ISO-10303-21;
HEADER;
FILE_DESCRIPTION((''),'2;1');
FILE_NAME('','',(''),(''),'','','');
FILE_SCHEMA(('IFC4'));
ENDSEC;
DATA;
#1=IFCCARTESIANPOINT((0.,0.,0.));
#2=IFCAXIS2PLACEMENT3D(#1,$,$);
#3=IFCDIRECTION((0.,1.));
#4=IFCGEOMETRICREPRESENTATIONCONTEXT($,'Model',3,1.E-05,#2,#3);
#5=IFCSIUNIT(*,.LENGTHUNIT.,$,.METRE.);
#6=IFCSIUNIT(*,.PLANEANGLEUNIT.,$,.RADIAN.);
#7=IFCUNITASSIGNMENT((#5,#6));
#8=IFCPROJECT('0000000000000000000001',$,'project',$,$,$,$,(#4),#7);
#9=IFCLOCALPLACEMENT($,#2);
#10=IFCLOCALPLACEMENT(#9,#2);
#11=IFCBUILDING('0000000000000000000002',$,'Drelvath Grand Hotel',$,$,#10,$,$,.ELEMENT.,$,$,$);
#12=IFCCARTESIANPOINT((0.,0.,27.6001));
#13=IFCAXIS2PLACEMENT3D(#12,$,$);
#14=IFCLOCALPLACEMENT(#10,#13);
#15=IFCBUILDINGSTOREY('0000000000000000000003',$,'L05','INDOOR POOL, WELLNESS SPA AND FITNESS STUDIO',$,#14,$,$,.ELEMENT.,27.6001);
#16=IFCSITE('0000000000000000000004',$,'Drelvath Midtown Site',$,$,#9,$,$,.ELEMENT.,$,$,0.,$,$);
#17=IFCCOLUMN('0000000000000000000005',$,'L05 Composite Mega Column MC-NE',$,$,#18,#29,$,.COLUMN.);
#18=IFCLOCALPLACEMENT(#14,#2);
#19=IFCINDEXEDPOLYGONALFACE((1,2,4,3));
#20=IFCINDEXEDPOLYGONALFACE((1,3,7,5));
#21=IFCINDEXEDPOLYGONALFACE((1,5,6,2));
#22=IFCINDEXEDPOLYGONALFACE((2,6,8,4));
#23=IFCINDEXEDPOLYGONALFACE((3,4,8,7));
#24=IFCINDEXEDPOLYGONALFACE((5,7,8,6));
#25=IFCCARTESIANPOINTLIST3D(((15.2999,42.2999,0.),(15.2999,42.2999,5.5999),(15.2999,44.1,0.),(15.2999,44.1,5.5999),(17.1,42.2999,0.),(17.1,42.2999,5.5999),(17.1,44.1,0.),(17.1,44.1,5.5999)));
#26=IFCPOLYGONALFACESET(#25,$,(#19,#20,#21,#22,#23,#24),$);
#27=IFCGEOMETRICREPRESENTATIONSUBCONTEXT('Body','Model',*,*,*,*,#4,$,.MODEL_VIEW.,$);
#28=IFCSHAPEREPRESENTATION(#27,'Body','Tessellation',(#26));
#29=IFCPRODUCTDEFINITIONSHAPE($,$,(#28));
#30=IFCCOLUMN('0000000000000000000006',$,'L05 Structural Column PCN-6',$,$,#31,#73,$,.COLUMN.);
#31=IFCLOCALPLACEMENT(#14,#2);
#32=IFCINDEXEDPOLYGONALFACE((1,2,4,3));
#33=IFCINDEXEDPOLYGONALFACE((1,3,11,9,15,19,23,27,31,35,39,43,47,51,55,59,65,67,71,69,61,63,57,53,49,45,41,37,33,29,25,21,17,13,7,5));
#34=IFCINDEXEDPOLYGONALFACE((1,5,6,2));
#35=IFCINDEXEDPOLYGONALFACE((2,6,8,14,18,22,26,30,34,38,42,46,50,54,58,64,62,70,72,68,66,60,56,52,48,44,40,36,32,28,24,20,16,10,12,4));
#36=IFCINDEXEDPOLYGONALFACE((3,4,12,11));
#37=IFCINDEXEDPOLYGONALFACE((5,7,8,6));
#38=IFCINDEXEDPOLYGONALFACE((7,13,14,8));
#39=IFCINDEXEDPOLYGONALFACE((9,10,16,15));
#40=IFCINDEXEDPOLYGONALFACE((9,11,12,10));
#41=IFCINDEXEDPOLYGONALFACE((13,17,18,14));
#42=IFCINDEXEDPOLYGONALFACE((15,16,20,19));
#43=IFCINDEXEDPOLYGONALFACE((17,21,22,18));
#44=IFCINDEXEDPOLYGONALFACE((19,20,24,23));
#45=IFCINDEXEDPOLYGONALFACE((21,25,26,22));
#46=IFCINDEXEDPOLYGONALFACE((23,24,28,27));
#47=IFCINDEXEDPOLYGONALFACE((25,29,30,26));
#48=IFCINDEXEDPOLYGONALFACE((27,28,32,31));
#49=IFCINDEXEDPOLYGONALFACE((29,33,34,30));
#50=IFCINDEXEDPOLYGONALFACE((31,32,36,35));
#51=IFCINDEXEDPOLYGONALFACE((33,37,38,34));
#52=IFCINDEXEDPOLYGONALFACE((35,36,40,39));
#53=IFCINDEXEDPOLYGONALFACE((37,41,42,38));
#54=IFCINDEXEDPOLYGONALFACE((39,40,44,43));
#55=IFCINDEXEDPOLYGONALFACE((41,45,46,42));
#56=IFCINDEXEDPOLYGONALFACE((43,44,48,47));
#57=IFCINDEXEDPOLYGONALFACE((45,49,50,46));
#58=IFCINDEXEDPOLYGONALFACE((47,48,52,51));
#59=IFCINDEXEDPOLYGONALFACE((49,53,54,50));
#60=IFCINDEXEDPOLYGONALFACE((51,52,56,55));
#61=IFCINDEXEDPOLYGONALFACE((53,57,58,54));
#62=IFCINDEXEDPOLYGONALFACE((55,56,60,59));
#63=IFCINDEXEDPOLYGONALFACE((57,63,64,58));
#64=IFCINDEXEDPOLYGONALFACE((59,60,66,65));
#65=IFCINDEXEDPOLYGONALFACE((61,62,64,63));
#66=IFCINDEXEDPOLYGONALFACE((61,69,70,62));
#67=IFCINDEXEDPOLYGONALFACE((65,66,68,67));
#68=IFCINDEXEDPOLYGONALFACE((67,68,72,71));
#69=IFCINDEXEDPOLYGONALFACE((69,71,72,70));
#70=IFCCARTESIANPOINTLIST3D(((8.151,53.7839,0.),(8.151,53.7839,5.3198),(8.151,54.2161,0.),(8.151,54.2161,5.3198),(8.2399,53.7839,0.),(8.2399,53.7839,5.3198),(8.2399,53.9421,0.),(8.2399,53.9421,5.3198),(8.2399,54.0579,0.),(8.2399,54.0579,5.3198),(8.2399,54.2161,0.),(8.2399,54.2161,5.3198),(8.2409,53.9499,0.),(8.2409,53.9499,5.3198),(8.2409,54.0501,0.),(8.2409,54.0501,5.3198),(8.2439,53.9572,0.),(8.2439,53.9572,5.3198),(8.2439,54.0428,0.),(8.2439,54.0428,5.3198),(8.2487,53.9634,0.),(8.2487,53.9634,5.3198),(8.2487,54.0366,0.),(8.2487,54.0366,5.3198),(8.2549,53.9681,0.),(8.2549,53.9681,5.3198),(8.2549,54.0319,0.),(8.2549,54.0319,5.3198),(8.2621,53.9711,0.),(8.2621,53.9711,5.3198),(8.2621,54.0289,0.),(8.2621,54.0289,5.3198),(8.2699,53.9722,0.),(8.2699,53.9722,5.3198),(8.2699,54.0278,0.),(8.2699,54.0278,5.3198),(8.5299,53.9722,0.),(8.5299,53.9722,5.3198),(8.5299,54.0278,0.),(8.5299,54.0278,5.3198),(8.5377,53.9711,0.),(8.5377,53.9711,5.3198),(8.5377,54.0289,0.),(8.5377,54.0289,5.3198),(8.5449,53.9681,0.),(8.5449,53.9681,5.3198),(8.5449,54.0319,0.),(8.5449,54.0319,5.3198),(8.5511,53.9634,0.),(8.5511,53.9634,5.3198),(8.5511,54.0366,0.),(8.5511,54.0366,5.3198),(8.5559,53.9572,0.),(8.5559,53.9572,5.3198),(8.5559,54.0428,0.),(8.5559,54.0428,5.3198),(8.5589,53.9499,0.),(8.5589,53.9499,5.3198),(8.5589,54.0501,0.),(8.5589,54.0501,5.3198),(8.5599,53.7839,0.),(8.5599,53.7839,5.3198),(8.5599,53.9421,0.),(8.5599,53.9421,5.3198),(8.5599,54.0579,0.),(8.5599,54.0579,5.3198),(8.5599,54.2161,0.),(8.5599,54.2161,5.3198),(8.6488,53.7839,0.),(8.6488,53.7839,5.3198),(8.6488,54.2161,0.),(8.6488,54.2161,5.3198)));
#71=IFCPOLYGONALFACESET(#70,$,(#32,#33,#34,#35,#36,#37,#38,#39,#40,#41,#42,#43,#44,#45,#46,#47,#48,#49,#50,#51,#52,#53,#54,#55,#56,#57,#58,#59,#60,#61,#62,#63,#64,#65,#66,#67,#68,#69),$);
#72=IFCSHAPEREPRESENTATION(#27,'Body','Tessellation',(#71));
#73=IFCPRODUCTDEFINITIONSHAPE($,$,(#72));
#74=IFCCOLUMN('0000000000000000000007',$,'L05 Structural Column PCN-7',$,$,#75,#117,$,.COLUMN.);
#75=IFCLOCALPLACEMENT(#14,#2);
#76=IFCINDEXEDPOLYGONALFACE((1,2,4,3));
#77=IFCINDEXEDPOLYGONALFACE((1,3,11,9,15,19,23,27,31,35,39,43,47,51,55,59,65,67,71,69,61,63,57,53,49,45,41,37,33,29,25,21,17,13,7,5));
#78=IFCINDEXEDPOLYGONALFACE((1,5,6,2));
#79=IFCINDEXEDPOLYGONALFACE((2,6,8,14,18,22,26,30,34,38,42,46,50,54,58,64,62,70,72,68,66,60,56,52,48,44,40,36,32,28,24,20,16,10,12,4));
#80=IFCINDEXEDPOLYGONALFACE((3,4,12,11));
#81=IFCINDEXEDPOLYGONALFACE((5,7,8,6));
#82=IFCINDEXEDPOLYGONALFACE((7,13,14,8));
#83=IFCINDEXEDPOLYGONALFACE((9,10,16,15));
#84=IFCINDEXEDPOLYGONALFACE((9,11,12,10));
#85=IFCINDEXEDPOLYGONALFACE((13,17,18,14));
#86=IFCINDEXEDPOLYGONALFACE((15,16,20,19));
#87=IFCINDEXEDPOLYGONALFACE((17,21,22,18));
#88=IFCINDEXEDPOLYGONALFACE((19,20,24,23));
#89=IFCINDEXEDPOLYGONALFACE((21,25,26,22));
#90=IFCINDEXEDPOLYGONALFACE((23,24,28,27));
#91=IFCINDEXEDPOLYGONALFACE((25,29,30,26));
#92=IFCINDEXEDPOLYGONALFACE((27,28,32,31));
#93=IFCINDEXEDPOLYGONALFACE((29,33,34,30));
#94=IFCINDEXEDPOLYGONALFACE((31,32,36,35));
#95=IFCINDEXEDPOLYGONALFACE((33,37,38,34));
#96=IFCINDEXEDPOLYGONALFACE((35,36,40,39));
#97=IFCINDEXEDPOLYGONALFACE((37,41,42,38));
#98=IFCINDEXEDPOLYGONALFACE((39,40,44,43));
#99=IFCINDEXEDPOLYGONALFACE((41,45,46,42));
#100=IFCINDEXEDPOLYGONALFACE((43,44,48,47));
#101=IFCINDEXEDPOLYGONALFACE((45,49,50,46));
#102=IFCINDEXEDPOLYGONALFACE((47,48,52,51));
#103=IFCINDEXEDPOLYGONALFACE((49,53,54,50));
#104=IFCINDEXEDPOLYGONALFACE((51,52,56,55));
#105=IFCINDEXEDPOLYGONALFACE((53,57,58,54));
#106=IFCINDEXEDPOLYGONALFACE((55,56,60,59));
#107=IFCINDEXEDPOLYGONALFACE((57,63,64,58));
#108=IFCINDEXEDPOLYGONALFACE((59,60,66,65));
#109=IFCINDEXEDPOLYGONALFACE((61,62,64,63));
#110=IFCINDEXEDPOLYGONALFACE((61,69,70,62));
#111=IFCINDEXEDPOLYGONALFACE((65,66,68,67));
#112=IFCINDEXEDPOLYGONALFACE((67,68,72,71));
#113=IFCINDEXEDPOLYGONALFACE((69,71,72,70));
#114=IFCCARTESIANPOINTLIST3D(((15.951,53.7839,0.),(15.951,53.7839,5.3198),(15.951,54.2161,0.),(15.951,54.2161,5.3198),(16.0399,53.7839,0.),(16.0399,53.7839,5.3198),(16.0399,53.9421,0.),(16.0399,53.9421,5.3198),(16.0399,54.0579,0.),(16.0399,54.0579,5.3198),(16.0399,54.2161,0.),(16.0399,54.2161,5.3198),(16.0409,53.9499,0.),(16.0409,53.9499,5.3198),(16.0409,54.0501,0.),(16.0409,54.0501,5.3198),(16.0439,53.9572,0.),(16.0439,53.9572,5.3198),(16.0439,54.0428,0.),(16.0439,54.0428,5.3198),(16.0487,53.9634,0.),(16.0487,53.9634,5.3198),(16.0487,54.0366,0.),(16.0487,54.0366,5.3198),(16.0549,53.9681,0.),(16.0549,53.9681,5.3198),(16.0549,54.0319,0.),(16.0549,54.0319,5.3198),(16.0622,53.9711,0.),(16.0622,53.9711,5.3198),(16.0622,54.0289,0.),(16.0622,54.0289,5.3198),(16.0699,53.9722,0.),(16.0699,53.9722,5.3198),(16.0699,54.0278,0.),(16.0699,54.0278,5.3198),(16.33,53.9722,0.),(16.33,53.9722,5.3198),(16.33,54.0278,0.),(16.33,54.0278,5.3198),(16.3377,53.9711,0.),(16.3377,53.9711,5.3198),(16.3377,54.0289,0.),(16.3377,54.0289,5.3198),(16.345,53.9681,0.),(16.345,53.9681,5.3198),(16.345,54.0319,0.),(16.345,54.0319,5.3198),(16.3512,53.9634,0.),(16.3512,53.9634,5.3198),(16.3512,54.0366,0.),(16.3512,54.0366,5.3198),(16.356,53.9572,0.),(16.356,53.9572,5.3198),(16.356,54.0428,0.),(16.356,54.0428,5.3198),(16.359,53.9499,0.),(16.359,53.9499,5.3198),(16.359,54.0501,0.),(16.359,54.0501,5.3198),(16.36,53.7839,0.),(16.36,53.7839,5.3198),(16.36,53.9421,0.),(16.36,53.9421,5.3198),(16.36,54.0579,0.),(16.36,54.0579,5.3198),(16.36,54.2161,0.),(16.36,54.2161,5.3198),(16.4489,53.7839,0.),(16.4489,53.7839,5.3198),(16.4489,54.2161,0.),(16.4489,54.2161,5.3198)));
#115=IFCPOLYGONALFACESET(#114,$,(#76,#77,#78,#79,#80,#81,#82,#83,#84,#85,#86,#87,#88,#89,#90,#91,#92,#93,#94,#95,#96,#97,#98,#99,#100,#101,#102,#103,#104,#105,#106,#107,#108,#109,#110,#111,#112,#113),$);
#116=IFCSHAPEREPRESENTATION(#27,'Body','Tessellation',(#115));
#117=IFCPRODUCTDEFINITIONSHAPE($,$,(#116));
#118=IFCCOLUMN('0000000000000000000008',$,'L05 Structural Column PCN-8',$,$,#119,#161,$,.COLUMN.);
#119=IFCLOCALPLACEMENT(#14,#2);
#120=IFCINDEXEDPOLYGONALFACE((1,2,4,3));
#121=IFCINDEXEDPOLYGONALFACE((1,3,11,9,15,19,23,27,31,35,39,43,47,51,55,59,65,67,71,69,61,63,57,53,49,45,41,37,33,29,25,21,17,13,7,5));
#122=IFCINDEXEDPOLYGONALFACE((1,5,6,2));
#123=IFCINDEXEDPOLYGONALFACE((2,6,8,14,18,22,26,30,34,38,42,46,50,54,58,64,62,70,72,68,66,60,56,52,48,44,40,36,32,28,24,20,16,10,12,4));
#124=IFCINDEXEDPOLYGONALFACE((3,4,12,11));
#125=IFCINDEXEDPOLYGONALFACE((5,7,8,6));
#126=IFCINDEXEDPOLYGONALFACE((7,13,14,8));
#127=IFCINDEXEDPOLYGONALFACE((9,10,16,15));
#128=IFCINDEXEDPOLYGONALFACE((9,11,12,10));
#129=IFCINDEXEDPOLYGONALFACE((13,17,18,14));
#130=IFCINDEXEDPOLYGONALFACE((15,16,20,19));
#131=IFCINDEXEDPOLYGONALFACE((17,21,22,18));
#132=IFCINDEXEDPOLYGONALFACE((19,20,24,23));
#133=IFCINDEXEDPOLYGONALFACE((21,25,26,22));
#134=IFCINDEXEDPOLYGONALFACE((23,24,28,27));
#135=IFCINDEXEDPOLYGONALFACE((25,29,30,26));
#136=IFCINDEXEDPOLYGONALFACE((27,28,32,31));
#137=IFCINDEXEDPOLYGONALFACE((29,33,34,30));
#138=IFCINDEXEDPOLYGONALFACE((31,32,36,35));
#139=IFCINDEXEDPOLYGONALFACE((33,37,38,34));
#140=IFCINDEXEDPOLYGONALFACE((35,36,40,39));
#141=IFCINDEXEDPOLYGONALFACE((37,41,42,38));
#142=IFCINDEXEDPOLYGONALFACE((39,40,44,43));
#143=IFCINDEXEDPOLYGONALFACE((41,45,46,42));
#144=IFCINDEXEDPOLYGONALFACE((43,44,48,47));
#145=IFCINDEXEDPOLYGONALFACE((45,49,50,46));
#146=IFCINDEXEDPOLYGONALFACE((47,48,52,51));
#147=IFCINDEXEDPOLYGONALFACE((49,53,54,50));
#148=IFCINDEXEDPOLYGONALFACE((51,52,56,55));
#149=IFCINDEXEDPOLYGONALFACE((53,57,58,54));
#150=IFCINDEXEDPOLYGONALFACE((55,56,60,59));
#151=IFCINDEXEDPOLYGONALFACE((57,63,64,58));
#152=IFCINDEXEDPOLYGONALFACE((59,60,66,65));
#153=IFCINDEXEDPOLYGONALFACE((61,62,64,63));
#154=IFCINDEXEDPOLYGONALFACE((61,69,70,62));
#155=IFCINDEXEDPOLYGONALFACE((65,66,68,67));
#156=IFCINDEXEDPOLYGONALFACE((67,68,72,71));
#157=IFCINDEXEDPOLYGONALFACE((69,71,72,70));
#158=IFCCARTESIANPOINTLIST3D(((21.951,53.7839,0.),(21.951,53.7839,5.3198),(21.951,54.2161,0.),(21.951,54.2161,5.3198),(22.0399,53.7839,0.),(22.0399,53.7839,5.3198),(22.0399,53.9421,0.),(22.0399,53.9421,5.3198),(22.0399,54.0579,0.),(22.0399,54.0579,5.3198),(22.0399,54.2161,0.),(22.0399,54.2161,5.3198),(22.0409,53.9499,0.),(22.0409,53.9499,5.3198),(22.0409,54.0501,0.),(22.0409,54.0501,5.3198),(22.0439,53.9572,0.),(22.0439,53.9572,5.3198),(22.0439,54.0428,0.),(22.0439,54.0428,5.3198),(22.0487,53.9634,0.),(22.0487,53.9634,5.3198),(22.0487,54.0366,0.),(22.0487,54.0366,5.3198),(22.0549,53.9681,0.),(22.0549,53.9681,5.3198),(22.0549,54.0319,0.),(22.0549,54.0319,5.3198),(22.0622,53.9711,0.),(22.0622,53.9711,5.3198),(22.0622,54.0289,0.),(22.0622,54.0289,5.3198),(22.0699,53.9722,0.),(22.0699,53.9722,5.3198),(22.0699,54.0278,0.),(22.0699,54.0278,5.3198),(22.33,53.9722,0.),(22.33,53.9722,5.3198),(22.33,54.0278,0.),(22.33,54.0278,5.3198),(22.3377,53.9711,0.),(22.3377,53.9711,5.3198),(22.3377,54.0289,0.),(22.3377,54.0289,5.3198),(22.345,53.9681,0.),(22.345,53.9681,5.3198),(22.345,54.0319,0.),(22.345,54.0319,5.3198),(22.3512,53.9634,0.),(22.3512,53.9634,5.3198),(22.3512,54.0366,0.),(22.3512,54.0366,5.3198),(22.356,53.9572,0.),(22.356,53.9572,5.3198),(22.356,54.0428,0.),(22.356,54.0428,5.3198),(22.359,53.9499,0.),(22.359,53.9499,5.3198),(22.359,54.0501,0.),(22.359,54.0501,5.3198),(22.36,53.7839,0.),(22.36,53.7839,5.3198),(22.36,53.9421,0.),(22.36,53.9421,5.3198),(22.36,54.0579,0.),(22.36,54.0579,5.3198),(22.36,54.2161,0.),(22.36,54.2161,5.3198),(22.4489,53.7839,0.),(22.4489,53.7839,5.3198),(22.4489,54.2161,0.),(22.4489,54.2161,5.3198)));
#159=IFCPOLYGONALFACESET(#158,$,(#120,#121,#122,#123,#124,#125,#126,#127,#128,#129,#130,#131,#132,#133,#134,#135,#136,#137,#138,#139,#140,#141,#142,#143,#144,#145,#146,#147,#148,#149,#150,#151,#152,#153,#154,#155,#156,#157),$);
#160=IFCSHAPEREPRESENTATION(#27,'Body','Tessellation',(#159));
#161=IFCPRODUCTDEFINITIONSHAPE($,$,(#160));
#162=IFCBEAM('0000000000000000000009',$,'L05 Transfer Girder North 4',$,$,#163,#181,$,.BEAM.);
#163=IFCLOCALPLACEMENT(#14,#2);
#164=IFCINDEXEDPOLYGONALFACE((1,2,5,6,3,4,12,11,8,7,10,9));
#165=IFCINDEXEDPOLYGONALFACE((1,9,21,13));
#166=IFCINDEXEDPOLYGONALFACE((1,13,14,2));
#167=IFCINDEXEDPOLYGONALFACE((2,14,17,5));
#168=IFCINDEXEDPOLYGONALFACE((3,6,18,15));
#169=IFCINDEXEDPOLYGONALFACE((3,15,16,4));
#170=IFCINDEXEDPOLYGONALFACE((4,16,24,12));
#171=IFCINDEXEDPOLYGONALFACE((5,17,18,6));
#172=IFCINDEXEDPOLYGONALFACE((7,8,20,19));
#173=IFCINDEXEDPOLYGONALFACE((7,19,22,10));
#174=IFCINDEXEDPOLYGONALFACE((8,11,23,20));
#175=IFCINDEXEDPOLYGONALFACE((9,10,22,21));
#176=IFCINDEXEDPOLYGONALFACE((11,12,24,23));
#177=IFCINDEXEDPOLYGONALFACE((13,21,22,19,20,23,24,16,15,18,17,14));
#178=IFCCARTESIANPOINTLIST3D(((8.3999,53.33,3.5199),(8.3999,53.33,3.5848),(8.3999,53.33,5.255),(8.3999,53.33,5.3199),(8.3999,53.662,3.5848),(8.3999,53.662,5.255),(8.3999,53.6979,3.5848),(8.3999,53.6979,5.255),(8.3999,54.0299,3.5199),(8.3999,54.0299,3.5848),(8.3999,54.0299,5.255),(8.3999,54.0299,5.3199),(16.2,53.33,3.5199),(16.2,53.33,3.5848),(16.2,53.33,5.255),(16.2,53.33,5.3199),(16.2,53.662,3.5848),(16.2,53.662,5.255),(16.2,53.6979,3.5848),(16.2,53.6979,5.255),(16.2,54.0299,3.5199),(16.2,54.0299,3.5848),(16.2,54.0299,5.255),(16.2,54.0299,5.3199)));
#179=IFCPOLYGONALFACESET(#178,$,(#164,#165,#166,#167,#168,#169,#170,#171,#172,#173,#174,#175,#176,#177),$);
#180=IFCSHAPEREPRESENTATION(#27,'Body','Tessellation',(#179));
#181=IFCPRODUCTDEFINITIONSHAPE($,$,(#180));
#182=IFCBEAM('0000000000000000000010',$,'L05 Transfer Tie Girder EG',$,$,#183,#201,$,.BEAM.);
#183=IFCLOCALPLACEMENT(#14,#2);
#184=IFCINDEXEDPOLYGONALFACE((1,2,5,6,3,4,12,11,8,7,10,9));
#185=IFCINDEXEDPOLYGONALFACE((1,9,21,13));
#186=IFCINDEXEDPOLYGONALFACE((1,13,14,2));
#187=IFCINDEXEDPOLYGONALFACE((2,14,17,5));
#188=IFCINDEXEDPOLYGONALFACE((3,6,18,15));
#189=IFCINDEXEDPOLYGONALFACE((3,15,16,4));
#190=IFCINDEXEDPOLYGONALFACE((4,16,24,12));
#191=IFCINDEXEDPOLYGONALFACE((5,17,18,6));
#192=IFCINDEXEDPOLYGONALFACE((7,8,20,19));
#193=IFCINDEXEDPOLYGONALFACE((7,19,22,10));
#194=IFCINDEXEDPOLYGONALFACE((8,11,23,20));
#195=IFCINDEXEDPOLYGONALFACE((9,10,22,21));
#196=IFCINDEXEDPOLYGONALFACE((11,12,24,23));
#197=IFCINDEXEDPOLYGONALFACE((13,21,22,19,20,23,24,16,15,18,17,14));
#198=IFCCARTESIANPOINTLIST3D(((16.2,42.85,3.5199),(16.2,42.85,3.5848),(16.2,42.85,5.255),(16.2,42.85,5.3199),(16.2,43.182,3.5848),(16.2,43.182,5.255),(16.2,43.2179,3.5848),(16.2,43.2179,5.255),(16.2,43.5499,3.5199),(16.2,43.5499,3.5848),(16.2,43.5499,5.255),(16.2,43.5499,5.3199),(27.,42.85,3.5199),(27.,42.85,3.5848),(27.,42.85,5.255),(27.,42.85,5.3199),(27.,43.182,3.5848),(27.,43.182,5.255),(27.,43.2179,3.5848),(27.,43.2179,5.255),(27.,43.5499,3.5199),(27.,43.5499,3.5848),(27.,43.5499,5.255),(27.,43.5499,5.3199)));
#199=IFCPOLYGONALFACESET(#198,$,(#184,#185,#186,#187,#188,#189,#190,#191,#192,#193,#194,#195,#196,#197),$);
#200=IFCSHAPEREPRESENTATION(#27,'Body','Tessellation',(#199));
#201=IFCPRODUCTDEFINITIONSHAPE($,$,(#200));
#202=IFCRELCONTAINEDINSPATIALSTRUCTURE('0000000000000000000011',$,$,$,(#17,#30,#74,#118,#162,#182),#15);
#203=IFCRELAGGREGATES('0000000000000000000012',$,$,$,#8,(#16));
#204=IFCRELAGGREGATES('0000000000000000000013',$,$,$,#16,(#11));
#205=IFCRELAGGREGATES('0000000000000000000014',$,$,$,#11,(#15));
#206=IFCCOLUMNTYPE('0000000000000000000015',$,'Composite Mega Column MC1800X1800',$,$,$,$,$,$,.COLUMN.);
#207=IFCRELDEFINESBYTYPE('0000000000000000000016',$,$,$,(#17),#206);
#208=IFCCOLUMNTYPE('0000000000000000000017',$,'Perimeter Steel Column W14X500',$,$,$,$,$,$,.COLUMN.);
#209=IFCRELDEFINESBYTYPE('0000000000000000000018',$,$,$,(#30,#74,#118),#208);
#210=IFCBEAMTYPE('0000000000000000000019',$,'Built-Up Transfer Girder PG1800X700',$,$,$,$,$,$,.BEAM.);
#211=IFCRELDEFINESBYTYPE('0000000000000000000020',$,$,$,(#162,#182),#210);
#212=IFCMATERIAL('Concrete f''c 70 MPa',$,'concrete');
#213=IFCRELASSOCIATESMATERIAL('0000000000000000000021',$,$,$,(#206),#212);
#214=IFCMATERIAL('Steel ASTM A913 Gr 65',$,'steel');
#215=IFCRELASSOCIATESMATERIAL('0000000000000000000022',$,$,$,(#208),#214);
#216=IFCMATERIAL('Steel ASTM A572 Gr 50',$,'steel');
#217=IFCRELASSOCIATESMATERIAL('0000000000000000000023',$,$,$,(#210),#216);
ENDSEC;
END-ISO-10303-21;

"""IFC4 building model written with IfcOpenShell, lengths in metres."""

from ifc_helpers import new_model, si_unit, direction, frame, origin, origin_2d, place, context, subcontext, project, spatial, rectangle, i_section, extrude, material, material_profile, profile_set, type_object, element, save


model = new_model("IFC4")

# Units and contexts
model_context = context("Model", 3, precision=1e-05, world=origin(), true_north=direction((0.0, 1.0)))
body_context = subcontext(model_context, "Body", "Model", "MODEL_VIEW")
ifc_project = project(units=[si_unit("LENGTHUNIT", "METRE"), si_unit("PLANEANGLEUNIT", "RADIAN")], contexts=[model_context])

# Site, building, storey
site_placement = place(None, origin())
site = spatial("IfcSite", under=ifc_project, at=site_placement, Name="Drelvath Midtown Site", CompositionType="ELEMENT", RefElevation=0.0)
building_placement = place(site_placement, origin())
building = spatial("IfcBuilding", under=site, at=building_placement, Name="Drelvath Grand Hotel", CompositionType="ELEMENT")
storey_placement = place(building_placement, frame((0.0, 0.0, 27.6001)))
storey = spatial("IfcBuildingStorey", under=building, at=storey_placement, Name="L05", Description="INDOOR POOL, WELLNESS SPA AND FITNESS STUDIO", CompositionType="ELEMENT", Elevation=27.6001)

# Columns
ifc_material_1 = material(Name="Concrete f'c 70 MPa", Category="concrete")
ifc_material_profile_1 = material_profile(ifc_material_1, rectangle(XDim=1.8, YDim=1.8, at=origin_2d()), Name="MC1800X1800")
ifc_profile_set_1 = profile_set([ifc_material_profile_1], Name="Concrete f'c 70 MPa")
column_type_1 = type_object("IfcColumnType", Name="Composite Mega Column MC1800X1800", PredefinedType="COLUMN", material=ifc_profile_set_1)
column_placement = place(storey_placement, frame((16.2, 43.2, 0.0), z_axis=(0.0, 0.0, 1.0), x_axis=(1.0, 0.0, 0.0)))
element("IfcColumn", 1, at=column_placement, inside=storey, type_object=column_type_1, Name="L05 Composite Mega Column MC-NE", PredefinedType="COLUMN", context=body_context, shape_type="SweptSolid", body=[
    extrude(rectangle(XDim=1.8, YDim=1.8, at=origin_2d()), origin(), (0.0, 0.0, 1.0), 5.5999),
])
ifc_material_2 = material(Name="Steel ASTM A913 Gr 65", Category="steel")
ifc_material_profile_2 = material_profile(ifc_material_2, i_section(OverallWidth=0.4321, OverallDepth=0.4978, WebThickness=0.0557, FlangeThickness=0.0889, FilletRadius=0.03, at=origin_2d()), Name="W14X500")
ifc_profile_set_2 = profile_set([ifc_material_profile_2], Name="Steel ASTM A913 Gr 65")
column_type_2 = type_object("IfcColumnType", Name="Perimeter Steel Column W14X500", PredefinedType="COLUMN", material=ifc_profile_set_2)
for number, where, z_axis, x_axis, name in (
    (2, (8.3999, 54.0, 0.0), (0.0, 0.0, 1.0), (0.0, 1.0, 0.0), "L05 Structural Column PCN-6"),
    (3, (16.2, 54.0, 0.0), (0.0, 0.0, 1.0), (0.0, 1.0, 0.0), "L05 Structural Column PCN-7"),
    (4, (22.2, 54.0, 0.0), (0.0, 0.0, 1.0), (0.0, 1.0, 0.0), "L05 Structural Column PCN-8"),
):
    element("IfcColumn", number, at=place(storey_placement, frame(where, z_axis=z_axis, x_axis=x_axis)), inside=storey, type_object=column_type_2, Name=name, PredefinedType="COLUMN", context=body_context, shape_type="SweptSolid", body=[
        extrude(i_section(OverallWidth=0.4321, OverallDepth=0.4978, WebThickness=0.0557, FlangeThickness=0.0889, FilletRadius=0.03, at=origin_2d()), origin(), (0.0, 0.0, 1.0), 5.3198),
    ])

# Beams
ifc_material_3 = material(Name="Steel ASTM A572 Gr 50", Category="steel")
ifc_material_profile_3 = material_profile(ifc_material_3, i_section(OverallWidth=0.7, OverallDepth=1.8, WebThickness=0.0359, FlangeThickness=0.0649, at=origin_2d()), Name="PG1800X700")
ifc_profile_set_3 = profile_set([ifc_material_profile_3], Name="Steel ASTM A572 Gr 50")
beam_type_1 = type_object("IfcBeamType", Name="Built-Up Transfer Girder PG1800X700", PredefinedType="BEAM", material=ifc_profile_set_3)
beam_1_placement = place(storey_placement, frame((8.3999, 53.6799, 4.4199), z_axis=(1.0, 0.0, 0.0), x_axis=(0.0, 1.0, 0.0)))
element("IfcBeam", 5, at=beam_1_placement, inside=storey, type_object=beam_type_1, Name="L05 Transfer Girder North 4", PredefinedType="BEAM", context=body_context, shape_type="SweptSolid", body=[
    extrude(i_section(OverallWidth=0.7, OverallDepth=1.8, WebThickness=0.0359, FlangeThickness=0.0649, at=origin_2d()), origin(), (0.0, 0.0, 1.0), 7.8),
])
beam_2_placement = place(storey_placement, frame((16.2, 43.2, 4.4199), z_axis=(1.0, 0.0, 0.0), x_axis=(0.0, 1.0, 0.0)))
element("IfcBeam", 6, at=beam_2_placement, inside=storey, type_object=beam_type_1, Name="L05 Transfer Tie Girder EG", PredefinedType="BEAM", context=body_context, shape_type="SweptSolid", body=[
    extrude(i_section(OverallWidth=0.7, OverallDepth=1.8, WebThickness=0.0359, FlangeThickness=0.0649, at=origin_2d()), origin(), (0.0, 0.0, 1.0), 10.8),
])

save(model, "model.ifc")
